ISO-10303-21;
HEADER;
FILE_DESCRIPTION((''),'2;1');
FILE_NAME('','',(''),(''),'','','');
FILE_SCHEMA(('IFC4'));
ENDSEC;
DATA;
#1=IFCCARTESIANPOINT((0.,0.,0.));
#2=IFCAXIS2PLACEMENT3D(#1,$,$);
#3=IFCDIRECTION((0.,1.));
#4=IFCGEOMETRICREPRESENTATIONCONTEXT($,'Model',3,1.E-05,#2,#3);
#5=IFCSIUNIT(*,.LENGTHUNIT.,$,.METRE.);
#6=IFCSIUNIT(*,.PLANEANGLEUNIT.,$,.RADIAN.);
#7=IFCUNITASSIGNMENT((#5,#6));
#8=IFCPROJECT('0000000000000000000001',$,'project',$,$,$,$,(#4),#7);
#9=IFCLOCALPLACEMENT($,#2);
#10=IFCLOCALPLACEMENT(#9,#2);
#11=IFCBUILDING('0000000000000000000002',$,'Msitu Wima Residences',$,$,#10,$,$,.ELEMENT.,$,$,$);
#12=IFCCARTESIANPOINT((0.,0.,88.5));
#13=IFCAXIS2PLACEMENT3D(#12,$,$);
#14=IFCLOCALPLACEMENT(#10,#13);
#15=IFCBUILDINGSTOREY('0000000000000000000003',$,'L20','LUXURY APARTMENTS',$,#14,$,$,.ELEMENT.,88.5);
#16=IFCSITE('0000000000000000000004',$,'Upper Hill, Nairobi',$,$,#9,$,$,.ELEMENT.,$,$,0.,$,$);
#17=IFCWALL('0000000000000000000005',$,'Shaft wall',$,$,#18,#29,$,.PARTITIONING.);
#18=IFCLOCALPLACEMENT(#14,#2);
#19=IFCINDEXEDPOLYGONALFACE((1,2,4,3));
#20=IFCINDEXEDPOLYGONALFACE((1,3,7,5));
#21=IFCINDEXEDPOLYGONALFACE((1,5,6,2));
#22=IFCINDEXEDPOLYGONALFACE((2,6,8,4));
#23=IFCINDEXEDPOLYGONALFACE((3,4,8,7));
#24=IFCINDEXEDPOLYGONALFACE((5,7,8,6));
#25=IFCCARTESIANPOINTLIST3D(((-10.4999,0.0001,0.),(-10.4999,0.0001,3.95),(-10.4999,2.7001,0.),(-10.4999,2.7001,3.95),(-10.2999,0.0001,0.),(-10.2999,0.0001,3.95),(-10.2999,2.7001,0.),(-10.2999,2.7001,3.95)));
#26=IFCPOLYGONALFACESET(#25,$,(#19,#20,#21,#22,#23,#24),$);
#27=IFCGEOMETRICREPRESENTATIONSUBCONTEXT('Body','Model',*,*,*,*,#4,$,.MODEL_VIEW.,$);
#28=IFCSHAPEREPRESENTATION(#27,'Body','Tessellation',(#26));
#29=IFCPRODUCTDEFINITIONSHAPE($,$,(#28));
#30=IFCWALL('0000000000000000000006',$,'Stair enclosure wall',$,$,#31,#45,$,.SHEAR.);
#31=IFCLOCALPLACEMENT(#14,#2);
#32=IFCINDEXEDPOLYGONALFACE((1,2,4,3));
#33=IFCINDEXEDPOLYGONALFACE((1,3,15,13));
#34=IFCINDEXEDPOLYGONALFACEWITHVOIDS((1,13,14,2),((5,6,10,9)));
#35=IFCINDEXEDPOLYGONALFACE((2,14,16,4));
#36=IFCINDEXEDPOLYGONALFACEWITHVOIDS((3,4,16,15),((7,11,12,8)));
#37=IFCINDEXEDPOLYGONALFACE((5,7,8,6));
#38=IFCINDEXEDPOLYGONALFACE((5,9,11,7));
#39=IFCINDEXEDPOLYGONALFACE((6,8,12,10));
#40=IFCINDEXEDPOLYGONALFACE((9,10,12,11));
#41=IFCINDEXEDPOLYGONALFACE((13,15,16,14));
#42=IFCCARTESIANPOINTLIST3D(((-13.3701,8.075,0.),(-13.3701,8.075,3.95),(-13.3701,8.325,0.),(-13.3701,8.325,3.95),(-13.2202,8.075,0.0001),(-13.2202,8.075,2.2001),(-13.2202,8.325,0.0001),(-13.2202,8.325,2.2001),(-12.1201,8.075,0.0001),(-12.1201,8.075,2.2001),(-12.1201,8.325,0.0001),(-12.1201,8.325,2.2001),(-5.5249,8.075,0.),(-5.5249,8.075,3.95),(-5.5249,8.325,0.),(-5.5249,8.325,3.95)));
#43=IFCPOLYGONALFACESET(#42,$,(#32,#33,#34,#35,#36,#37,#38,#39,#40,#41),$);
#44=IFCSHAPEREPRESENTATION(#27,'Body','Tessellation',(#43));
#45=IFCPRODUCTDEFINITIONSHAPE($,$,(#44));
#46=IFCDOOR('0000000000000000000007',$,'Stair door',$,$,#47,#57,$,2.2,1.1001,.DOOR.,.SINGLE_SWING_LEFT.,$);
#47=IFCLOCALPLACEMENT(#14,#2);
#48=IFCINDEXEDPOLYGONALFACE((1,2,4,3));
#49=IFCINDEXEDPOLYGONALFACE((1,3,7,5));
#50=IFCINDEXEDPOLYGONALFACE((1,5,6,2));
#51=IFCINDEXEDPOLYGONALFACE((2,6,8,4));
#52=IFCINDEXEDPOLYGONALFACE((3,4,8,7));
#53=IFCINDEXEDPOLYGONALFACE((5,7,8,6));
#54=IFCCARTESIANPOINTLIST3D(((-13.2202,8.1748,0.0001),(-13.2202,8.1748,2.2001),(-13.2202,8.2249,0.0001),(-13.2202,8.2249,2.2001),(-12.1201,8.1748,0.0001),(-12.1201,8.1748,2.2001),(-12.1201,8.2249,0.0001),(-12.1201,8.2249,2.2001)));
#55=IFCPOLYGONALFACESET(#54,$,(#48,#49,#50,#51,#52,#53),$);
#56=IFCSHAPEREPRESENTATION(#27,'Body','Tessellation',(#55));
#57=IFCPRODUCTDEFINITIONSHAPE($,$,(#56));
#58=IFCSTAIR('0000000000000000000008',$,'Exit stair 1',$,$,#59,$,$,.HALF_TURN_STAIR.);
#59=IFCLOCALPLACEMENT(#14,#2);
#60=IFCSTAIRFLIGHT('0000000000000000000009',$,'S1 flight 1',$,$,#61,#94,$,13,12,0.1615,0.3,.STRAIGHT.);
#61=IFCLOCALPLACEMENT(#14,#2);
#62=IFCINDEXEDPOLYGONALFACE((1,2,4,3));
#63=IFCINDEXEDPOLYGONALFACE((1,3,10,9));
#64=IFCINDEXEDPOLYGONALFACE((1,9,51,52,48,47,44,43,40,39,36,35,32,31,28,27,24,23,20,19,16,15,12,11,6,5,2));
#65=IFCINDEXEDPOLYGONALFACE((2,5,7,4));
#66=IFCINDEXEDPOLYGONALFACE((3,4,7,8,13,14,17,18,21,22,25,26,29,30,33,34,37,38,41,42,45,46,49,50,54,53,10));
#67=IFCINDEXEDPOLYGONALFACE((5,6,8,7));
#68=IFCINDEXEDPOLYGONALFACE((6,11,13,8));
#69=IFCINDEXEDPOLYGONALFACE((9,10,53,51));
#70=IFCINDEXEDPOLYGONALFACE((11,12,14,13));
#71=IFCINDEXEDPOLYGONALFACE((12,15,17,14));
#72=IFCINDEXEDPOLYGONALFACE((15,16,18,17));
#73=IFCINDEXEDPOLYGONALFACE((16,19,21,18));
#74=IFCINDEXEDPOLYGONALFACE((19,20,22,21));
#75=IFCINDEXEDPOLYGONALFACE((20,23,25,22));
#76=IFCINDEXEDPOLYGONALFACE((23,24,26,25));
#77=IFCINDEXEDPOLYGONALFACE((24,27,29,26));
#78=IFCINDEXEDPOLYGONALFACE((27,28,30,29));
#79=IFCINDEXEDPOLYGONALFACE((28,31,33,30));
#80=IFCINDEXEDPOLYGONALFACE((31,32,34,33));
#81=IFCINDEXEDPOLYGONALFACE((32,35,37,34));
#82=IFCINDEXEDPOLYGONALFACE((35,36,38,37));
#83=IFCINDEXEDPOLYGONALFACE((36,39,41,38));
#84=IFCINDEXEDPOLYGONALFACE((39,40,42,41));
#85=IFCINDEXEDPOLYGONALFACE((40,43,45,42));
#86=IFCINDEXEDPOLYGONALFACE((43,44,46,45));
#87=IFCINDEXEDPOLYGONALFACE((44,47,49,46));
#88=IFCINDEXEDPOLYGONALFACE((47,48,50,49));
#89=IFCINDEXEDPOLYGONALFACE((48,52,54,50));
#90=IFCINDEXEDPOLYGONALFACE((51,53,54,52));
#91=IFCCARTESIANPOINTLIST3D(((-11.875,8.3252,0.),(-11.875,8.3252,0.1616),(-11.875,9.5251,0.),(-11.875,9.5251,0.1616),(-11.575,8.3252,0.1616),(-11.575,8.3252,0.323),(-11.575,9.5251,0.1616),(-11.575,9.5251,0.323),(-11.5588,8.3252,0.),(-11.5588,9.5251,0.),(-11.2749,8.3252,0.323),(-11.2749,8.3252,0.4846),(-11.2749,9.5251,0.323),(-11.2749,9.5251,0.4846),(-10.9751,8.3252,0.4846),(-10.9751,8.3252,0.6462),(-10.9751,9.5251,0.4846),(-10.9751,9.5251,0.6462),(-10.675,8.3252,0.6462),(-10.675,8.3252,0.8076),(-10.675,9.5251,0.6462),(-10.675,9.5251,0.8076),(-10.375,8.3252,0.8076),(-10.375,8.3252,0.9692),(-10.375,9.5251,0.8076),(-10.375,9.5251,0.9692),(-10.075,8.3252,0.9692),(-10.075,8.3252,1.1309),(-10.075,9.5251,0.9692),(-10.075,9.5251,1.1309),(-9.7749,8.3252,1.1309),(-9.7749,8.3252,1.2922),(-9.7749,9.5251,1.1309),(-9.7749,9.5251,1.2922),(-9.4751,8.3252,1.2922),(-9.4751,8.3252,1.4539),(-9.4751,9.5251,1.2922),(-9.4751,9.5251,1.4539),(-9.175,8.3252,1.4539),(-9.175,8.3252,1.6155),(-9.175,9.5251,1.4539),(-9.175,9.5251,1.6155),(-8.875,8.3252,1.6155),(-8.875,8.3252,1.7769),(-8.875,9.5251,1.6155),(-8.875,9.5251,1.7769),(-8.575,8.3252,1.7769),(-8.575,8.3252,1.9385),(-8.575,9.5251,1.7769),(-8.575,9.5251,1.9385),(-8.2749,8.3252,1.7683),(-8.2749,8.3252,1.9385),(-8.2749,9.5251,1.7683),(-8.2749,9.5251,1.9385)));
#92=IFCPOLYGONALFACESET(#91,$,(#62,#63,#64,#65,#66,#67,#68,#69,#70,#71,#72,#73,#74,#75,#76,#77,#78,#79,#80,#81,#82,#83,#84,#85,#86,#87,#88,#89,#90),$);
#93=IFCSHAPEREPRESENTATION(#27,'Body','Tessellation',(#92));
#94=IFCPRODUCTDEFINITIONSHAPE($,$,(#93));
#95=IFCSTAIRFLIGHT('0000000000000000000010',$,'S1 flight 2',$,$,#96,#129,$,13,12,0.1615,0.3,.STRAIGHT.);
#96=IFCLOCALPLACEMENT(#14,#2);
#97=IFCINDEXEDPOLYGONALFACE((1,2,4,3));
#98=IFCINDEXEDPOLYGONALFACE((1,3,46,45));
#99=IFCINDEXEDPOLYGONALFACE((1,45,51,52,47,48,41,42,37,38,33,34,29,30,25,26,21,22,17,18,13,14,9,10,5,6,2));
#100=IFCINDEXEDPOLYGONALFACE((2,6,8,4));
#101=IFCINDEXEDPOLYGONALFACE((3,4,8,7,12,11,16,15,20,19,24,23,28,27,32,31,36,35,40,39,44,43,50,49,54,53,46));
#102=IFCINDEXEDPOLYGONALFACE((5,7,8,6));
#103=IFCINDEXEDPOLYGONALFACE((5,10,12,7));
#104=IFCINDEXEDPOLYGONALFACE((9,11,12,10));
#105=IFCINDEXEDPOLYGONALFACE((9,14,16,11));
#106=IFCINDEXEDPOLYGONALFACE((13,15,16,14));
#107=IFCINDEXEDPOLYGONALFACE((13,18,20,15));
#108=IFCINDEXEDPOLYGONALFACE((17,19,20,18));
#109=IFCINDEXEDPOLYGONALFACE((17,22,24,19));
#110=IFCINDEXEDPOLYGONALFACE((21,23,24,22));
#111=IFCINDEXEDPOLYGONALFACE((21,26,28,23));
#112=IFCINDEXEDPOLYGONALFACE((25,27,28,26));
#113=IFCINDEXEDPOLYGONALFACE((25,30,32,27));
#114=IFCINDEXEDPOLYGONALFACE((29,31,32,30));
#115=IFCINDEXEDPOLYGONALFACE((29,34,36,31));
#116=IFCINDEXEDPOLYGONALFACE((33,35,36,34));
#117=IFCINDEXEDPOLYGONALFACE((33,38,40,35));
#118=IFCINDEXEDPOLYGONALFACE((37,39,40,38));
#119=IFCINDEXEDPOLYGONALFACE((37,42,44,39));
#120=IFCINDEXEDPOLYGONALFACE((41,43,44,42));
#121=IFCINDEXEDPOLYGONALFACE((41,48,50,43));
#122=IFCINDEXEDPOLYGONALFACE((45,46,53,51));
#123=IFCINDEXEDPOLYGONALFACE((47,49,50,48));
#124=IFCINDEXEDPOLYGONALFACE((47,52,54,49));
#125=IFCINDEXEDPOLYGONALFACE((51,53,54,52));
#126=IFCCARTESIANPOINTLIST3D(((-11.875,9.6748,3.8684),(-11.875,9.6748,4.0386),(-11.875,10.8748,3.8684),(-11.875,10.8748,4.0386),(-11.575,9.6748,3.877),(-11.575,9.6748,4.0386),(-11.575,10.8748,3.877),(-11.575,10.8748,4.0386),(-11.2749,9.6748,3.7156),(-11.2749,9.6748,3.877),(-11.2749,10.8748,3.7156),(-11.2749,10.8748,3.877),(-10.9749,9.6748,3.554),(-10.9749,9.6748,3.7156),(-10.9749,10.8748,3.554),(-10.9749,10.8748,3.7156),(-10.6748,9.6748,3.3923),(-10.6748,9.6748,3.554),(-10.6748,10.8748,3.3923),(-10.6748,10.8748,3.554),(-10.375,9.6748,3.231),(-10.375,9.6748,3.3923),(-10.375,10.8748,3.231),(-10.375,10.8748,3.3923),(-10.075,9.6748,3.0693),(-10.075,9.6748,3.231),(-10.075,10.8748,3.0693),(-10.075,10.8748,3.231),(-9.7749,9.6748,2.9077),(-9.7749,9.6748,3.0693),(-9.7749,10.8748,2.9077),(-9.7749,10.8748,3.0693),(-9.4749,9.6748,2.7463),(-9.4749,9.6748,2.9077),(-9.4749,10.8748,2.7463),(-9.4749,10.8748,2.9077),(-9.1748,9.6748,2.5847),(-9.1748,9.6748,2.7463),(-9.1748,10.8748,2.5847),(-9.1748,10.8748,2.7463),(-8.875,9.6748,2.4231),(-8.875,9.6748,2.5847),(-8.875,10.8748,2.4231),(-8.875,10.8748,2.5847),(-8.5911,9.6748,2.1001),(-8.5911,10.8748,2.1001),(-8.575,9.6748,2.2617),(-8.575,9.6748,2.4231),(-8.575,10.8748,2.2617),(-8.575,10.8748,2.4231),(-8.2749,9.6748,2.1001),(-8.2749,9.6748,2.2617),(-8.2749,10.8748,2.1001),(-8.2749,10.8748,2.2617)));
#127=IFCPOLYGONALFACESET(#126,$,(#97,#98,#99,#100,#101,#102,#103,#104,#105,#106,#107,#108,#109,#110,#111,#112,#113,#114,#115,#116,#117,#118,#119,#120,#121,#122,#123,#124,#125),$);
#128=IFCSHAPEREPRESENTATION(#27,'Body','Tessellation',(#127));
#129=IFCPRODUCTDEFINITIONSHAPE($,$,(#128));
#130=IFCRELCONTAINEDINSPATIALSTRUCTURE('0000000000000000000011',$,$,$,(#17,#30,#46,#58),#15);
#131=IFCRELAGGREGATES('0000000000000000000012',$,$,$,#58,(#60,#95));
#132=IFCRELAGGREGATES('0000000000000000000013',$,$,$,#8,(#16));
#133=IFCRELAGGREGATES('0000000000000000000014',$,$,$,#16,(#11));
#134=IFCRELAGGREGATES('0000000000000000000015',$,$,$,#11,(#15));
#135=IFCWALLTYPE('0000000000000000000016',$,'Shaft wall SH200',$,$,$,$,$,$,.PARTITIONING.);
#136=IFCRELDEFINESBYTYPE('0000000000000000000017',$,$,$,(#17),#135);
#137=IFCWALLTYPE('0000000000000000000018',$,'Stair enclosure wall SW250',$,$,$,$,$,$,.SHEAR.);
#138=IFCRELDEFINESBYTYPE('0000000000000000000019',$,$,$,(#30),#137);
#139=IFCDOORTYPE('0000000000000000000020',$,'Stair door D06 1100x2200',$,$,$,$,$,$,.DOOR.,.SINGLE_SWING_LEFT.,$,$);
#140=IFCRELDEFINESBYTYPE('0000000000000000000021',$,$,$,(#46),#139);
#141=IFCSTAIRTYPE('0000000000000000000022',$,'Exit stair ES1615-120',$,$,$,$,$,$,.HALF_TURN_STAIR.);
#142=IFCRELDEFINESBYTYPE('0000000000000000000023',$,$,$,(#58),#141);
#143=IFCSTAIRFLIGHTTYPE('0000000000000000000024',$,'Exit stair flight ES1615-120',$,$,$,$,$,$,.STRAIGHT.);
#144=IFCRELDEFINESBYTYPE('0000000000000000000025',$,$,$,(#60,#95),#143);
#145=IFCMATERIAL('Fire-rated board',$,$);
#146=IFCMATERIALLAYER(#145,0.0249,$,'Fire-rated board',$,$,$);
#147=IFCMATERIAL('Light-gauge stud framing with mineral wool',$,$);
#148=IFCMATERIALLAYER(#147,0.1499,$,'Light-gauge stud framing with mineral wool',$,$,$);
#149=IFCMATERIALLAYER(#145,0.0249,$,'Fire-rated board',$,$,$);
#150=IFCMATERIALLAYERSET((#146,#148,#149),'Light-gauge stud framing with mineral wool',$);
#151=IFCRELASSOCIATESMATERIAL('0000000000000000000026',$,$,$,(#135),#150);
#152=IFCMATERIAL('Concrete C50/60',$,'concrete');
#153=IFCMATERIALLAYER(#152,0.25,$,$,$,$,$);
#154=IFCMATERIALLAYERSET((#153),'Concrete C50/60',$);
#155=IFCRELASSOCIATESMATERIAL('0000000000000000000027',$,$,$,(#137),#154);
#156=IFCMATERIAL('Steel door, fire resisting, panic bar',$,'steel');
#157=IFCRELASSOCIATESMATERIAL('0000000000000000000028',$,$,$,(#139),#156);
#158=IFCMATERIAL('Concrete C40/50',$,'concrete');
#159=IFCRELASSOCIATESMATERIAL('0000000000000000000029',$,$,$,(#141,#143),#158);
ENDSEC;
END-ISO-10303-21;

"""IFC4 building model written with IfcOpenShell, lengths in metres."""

from ifc_helpers import new_model, si_unit, direction, frame, frame_2d, origin, place, context, subcontext, project, spatial, polyline, rectangle, outline, extrude, material, layer, layer_set, type_object, element, fill, aggregate, save


model = new_model("IFC4")

# Units and contexts
model_context = context("Model", 3, precision=1e-05, world=origin(), true_north=direction((0.0, 1.0)))
body_context = subcontext(model_context, "Body", "Model", "MODEL_VIEW")
ifc_project = project(units=[si_unit("LENGTHUNIT", "METRE"), si_unit("PLANEANGLEUNIT", "RADIAN")], contexts=[model_context])

# Site, building, storey
site_placement = place(None, origin())
site = spatial("IfcSite", under=ifc_project, at=site_placement, Name="Upper Hill, Nairobi", CompositionType="ELEMENT", RefElevation=0.0)
building_placement = place(site_placement, origin())
building = spatial("IfcBuilding", under=site, at=building_placement, Name="Msitu Wima Residences", CompositionType="ELEMENT")
storey_placement = place(building_placement, frame((0.0, 0.0, 88.5)))
storey = spatial("IfcBuildingStorey", under=building, at=storey_placement, Name="L20", Description="LUXURY APARTMENTS", CompositionType="ELEMENT", Elevation=88.5)

# Shared definitions
ifc_material_1 = material(Name="Fire-rated board")
ifc_layer_1 = layer(ifc_material_1, 0.0249, Name="Fire-rated board")
ifc_material_2 = material(Name="Light-gauge stud framing with mineral wool")
ifc_layer_2 = layer(ifc_material_2, 0.1499, Name="Light-gauge stud framing with mineral wool")
ifc_layer_3 = layer(ifc_material_1, 0.0249, Name="Fire-rated board")
ifc_layer_set_1 = layer_set([ifc_layer_1, ifc_layer_2, ifc_layer_3], Name="Light-gauge stud framing with mineral wool")
wall_type_1 = type_object("IfcWallType", Name="Shaft wall SH200", PredefinedType="PARTITIONING", material=ifc_layer_set_1)

# Wall
wall_1_placement = place(storey_placement, frame((-10.3999, 0.0, 0.0), z_axis=(0.0, 0.0, 1.0), x_axis=(0.0, 1.0, 0.0)))
element("IfcWall", 1, at=wall_1_placement, inside=storey, type_object=wall_type_1, Name="Shaft wall", PredefinedType="PARTITIONING", context=body_context, shape_type="SweptSolid", body=[
    extrude(rectangle(XDim=2.7, YDim=0.2, at=frame_2d((1.3501, 0.0))), origin(), (0.0, 0.0, 1.0), 3.95),
])

# Wall, opening, door
ifc_material_3 = material(Name="Concrete C50/60", Category="concrete")
ifc_layer_4 = layer(ifc_material_3, 0.25)
ifc_layer_set_2 = layer_set([ifc_layer_4], Name="Concrete C50/60")
wall_type_2 = type_object("IfcWallType", Name="Stair enclosure wall SW250", PredefinedType="SHEAR", material=ifc_layer_set_2)
wall_2_placement = place(storey_placement, frame((-13.3701, 8.2, 0.0), z_axis=(0.0, 0.0, 1.0), x_axis=(1.0, 0.0, 0.0)))
wall_2 = element("IfcWall", 2, at=wall_2_placement, inside=storey, type_object=wall_type_2, Name="Stair enclosure wall", PredefinedType="SHEAR", context=body_context, shape_type="SweptSolid", body=[
    extrude(rectangle(XDim=7.8452, YDim=0.25, at=frame_2d((3.9226, 0.0))), origin(), (0.0, 0.0, 1.0), 3.95),
])
opening_1_placement = place(wall_2_placement, frame((0.1499, 0.0, 0.0)))
opening_1 = element("IfcOpeningElement", 3, at=opening_1_placement, cuts=wall_2, PredefinedType="OPENING", context=body_context, shape_type="SweptSolid", body=[
    extrude(rectangle(XDim=1.1001, YDim=2.2, at=frame_2d((0.55, 1.1001))), frame((0.0, 0.135, 0.0), z_axis=(0.0, -1.0, 0.0), x_axis=(1.0, 0.0, 0.0)), (0.0, 0.0, 1.0), 0.27),
])
ifc_material_4 = material(Name="Steel door, fire resisting, panic bar", Category="steel")
door_type_1 = type_object("IfcDoorType", Name="Stair door D06 1100x2200", OperationType="SINGLE_SWING_LEFT", PredefinedType="DOOR", material=ifc_material_4)
door_1_placement = place(opening_1_placement, origin())
door_1 = element("IfcDoor", 4, at=door_1_placement, inside=storey, type_object=door_type_1, Name="Stair door", OperationType="SINGLE_SWING_LEFT", OverallHeight=2.2, OverallWidth=1.1001, PredefinedType="DOOR", context=body_context, shape_type="SweptSolid", body=[
    extrude(rectangle(XDim=1.1001, YDim=2.2, at=frame_2d((0.55, 1.1001))), frame((0.0, 0.0249, 0.0), z_axis=(0.0, -1.0, 0.0), x_axis=(1.0, 0.0, 0.0)), (0.0, 0.0, 1.0), 0.05),
])
fill(opening_1, door_1)

# Stair, stair flights
ifc_material_5 = material(Name="Concrete C40/50", Category="concrete")
stair_type = type_object("IfcStairType", Name="Exit stair ES1615-120", PredefinedType="HALF_TURN_STAIR", material=ifc_material_5)
stair_placement = place(storey_placement, origin())
stair = element("IfcStair", 5, at=stair_placement, inside=storey, type_object=stair_type, Name="Exit stair 1", PredefinedType="HALF_TURN_STAIR")
stair_flight_type = type_object("IfcStairFlightType", Name="Exit stair flight ES1615-120", PredefinedType="STRAIGHT", material=ifc_material_5)
stair_flight_1_placement = place(storey_placement, frame((-11.875, 8.925, 0.0), z_axis=(0.0, 0.0, 1.0), x_axis=(1.0, 0.0, 0.0)))
stair_flight_1 = element("IfcStairFlight", 6, at=stair_flight_1_placement, type_object=stair_flight_type, Name="S1 flight 1", NumberOfRisers=13, NumberOfTreads=12, PredefinedType="STRAIGHT", RiserHeight=0.1615, TreadLength=0.3, context=body_context, shape_type="SweptSolid", body=[
    extrude(outline(polyline([(0.0, 0.0), (0.0, 0.1616), (0.3, 0.1616), (0.3, 0.323), (0.6001, 0.323), (0.6001, 0.4846), (0.8999, 0.4846), (0.8999, 0.6462), (1.2, 0.6462), (1.2, 0.8076), (1.5, 0.8076), (1.5, 0.9692), (1.8, 0.9692), (1.8, 1.1309), (2.1001, 1.1309), (2.1001, 1.2922), (2.3999, 1.2922), (2.3999, 1.4539), (2.7, 1.4539), (2.7, 1.6155), (3.0, 1.6155), (3.0, 1.7769), (3.3, 1.7769), (3.3, 1.9385), (3.6001, 1.9385), (3.6001, 2.1001), (3.6001, 1.7683), (0.3162, 0.0), (0.0, 0.0)])), frame((0.0, 0.6001, 0.0), z_axis=(0.0, -1.0, 0.0), x_axis=(1.0, 0.0, 0.0)), (0.0, 0.0, 1.0), 1.2),
])
stair_flight_2_placement = place(storey_placement, frame((-8.2749, 10.2749, 2.1001), z_axis=(0.0, 0.0, 1.0), x_axis=(-1.0, 0.0, 0.0)))
stair_flight_2 = element("IfcStairFlight", 7, at=stair_flight_2_placement, type_object=stair_flight_type, Name="S1 flight 2", NumberOfRisers=13, NumberOfTreads=12, PredefinedType="STRAIGHT", RiserHeight=0.1615, TreadLength=0.3, context=body_context, shape_type="SweptSolid", body=[
    extrude(outline(polyline([(0.0, 0.0), (0.0, 0.1616), (0.3, 0.1616), (0.3, 0.323), (0.6001, 0.323), (0.6001, 0.4846), (0.8999, 0.4846), (0.8999, 0.6462), (1.2, 0.6462), (1.2, 0.8076), (1.5, 0.8076), (1.5, 0.9692), (1.8, 0.9692), (1.8, 1.1309), (2.1001, 1.1309), (2.1001, 1.2922), (2.3999, 1.2922), (2.3999, 1.4539), (2.7, 1.4539), (2.7, 1.6155), (3.0, 1.6155), (3.0, 1.7769), (3.3, 1.7769), (3.3, 1.9385), (3.6001, 1.9385), (3.6001, 2.1001), (3.6001, 1.7683), (0.3162, 0.0), (0.0, 0.0)])), frame((0.0, 0.6001, 0.0), z_axis=(0.0, -1.0, 0.0), x_axis=(1.0, 0.0, 0.0)), (0.0, 0.0, 1.0), 1.2),
])
aggregate(stair, [stair_flight_1, stair_flight_2])

save(model, "model.ifc")
